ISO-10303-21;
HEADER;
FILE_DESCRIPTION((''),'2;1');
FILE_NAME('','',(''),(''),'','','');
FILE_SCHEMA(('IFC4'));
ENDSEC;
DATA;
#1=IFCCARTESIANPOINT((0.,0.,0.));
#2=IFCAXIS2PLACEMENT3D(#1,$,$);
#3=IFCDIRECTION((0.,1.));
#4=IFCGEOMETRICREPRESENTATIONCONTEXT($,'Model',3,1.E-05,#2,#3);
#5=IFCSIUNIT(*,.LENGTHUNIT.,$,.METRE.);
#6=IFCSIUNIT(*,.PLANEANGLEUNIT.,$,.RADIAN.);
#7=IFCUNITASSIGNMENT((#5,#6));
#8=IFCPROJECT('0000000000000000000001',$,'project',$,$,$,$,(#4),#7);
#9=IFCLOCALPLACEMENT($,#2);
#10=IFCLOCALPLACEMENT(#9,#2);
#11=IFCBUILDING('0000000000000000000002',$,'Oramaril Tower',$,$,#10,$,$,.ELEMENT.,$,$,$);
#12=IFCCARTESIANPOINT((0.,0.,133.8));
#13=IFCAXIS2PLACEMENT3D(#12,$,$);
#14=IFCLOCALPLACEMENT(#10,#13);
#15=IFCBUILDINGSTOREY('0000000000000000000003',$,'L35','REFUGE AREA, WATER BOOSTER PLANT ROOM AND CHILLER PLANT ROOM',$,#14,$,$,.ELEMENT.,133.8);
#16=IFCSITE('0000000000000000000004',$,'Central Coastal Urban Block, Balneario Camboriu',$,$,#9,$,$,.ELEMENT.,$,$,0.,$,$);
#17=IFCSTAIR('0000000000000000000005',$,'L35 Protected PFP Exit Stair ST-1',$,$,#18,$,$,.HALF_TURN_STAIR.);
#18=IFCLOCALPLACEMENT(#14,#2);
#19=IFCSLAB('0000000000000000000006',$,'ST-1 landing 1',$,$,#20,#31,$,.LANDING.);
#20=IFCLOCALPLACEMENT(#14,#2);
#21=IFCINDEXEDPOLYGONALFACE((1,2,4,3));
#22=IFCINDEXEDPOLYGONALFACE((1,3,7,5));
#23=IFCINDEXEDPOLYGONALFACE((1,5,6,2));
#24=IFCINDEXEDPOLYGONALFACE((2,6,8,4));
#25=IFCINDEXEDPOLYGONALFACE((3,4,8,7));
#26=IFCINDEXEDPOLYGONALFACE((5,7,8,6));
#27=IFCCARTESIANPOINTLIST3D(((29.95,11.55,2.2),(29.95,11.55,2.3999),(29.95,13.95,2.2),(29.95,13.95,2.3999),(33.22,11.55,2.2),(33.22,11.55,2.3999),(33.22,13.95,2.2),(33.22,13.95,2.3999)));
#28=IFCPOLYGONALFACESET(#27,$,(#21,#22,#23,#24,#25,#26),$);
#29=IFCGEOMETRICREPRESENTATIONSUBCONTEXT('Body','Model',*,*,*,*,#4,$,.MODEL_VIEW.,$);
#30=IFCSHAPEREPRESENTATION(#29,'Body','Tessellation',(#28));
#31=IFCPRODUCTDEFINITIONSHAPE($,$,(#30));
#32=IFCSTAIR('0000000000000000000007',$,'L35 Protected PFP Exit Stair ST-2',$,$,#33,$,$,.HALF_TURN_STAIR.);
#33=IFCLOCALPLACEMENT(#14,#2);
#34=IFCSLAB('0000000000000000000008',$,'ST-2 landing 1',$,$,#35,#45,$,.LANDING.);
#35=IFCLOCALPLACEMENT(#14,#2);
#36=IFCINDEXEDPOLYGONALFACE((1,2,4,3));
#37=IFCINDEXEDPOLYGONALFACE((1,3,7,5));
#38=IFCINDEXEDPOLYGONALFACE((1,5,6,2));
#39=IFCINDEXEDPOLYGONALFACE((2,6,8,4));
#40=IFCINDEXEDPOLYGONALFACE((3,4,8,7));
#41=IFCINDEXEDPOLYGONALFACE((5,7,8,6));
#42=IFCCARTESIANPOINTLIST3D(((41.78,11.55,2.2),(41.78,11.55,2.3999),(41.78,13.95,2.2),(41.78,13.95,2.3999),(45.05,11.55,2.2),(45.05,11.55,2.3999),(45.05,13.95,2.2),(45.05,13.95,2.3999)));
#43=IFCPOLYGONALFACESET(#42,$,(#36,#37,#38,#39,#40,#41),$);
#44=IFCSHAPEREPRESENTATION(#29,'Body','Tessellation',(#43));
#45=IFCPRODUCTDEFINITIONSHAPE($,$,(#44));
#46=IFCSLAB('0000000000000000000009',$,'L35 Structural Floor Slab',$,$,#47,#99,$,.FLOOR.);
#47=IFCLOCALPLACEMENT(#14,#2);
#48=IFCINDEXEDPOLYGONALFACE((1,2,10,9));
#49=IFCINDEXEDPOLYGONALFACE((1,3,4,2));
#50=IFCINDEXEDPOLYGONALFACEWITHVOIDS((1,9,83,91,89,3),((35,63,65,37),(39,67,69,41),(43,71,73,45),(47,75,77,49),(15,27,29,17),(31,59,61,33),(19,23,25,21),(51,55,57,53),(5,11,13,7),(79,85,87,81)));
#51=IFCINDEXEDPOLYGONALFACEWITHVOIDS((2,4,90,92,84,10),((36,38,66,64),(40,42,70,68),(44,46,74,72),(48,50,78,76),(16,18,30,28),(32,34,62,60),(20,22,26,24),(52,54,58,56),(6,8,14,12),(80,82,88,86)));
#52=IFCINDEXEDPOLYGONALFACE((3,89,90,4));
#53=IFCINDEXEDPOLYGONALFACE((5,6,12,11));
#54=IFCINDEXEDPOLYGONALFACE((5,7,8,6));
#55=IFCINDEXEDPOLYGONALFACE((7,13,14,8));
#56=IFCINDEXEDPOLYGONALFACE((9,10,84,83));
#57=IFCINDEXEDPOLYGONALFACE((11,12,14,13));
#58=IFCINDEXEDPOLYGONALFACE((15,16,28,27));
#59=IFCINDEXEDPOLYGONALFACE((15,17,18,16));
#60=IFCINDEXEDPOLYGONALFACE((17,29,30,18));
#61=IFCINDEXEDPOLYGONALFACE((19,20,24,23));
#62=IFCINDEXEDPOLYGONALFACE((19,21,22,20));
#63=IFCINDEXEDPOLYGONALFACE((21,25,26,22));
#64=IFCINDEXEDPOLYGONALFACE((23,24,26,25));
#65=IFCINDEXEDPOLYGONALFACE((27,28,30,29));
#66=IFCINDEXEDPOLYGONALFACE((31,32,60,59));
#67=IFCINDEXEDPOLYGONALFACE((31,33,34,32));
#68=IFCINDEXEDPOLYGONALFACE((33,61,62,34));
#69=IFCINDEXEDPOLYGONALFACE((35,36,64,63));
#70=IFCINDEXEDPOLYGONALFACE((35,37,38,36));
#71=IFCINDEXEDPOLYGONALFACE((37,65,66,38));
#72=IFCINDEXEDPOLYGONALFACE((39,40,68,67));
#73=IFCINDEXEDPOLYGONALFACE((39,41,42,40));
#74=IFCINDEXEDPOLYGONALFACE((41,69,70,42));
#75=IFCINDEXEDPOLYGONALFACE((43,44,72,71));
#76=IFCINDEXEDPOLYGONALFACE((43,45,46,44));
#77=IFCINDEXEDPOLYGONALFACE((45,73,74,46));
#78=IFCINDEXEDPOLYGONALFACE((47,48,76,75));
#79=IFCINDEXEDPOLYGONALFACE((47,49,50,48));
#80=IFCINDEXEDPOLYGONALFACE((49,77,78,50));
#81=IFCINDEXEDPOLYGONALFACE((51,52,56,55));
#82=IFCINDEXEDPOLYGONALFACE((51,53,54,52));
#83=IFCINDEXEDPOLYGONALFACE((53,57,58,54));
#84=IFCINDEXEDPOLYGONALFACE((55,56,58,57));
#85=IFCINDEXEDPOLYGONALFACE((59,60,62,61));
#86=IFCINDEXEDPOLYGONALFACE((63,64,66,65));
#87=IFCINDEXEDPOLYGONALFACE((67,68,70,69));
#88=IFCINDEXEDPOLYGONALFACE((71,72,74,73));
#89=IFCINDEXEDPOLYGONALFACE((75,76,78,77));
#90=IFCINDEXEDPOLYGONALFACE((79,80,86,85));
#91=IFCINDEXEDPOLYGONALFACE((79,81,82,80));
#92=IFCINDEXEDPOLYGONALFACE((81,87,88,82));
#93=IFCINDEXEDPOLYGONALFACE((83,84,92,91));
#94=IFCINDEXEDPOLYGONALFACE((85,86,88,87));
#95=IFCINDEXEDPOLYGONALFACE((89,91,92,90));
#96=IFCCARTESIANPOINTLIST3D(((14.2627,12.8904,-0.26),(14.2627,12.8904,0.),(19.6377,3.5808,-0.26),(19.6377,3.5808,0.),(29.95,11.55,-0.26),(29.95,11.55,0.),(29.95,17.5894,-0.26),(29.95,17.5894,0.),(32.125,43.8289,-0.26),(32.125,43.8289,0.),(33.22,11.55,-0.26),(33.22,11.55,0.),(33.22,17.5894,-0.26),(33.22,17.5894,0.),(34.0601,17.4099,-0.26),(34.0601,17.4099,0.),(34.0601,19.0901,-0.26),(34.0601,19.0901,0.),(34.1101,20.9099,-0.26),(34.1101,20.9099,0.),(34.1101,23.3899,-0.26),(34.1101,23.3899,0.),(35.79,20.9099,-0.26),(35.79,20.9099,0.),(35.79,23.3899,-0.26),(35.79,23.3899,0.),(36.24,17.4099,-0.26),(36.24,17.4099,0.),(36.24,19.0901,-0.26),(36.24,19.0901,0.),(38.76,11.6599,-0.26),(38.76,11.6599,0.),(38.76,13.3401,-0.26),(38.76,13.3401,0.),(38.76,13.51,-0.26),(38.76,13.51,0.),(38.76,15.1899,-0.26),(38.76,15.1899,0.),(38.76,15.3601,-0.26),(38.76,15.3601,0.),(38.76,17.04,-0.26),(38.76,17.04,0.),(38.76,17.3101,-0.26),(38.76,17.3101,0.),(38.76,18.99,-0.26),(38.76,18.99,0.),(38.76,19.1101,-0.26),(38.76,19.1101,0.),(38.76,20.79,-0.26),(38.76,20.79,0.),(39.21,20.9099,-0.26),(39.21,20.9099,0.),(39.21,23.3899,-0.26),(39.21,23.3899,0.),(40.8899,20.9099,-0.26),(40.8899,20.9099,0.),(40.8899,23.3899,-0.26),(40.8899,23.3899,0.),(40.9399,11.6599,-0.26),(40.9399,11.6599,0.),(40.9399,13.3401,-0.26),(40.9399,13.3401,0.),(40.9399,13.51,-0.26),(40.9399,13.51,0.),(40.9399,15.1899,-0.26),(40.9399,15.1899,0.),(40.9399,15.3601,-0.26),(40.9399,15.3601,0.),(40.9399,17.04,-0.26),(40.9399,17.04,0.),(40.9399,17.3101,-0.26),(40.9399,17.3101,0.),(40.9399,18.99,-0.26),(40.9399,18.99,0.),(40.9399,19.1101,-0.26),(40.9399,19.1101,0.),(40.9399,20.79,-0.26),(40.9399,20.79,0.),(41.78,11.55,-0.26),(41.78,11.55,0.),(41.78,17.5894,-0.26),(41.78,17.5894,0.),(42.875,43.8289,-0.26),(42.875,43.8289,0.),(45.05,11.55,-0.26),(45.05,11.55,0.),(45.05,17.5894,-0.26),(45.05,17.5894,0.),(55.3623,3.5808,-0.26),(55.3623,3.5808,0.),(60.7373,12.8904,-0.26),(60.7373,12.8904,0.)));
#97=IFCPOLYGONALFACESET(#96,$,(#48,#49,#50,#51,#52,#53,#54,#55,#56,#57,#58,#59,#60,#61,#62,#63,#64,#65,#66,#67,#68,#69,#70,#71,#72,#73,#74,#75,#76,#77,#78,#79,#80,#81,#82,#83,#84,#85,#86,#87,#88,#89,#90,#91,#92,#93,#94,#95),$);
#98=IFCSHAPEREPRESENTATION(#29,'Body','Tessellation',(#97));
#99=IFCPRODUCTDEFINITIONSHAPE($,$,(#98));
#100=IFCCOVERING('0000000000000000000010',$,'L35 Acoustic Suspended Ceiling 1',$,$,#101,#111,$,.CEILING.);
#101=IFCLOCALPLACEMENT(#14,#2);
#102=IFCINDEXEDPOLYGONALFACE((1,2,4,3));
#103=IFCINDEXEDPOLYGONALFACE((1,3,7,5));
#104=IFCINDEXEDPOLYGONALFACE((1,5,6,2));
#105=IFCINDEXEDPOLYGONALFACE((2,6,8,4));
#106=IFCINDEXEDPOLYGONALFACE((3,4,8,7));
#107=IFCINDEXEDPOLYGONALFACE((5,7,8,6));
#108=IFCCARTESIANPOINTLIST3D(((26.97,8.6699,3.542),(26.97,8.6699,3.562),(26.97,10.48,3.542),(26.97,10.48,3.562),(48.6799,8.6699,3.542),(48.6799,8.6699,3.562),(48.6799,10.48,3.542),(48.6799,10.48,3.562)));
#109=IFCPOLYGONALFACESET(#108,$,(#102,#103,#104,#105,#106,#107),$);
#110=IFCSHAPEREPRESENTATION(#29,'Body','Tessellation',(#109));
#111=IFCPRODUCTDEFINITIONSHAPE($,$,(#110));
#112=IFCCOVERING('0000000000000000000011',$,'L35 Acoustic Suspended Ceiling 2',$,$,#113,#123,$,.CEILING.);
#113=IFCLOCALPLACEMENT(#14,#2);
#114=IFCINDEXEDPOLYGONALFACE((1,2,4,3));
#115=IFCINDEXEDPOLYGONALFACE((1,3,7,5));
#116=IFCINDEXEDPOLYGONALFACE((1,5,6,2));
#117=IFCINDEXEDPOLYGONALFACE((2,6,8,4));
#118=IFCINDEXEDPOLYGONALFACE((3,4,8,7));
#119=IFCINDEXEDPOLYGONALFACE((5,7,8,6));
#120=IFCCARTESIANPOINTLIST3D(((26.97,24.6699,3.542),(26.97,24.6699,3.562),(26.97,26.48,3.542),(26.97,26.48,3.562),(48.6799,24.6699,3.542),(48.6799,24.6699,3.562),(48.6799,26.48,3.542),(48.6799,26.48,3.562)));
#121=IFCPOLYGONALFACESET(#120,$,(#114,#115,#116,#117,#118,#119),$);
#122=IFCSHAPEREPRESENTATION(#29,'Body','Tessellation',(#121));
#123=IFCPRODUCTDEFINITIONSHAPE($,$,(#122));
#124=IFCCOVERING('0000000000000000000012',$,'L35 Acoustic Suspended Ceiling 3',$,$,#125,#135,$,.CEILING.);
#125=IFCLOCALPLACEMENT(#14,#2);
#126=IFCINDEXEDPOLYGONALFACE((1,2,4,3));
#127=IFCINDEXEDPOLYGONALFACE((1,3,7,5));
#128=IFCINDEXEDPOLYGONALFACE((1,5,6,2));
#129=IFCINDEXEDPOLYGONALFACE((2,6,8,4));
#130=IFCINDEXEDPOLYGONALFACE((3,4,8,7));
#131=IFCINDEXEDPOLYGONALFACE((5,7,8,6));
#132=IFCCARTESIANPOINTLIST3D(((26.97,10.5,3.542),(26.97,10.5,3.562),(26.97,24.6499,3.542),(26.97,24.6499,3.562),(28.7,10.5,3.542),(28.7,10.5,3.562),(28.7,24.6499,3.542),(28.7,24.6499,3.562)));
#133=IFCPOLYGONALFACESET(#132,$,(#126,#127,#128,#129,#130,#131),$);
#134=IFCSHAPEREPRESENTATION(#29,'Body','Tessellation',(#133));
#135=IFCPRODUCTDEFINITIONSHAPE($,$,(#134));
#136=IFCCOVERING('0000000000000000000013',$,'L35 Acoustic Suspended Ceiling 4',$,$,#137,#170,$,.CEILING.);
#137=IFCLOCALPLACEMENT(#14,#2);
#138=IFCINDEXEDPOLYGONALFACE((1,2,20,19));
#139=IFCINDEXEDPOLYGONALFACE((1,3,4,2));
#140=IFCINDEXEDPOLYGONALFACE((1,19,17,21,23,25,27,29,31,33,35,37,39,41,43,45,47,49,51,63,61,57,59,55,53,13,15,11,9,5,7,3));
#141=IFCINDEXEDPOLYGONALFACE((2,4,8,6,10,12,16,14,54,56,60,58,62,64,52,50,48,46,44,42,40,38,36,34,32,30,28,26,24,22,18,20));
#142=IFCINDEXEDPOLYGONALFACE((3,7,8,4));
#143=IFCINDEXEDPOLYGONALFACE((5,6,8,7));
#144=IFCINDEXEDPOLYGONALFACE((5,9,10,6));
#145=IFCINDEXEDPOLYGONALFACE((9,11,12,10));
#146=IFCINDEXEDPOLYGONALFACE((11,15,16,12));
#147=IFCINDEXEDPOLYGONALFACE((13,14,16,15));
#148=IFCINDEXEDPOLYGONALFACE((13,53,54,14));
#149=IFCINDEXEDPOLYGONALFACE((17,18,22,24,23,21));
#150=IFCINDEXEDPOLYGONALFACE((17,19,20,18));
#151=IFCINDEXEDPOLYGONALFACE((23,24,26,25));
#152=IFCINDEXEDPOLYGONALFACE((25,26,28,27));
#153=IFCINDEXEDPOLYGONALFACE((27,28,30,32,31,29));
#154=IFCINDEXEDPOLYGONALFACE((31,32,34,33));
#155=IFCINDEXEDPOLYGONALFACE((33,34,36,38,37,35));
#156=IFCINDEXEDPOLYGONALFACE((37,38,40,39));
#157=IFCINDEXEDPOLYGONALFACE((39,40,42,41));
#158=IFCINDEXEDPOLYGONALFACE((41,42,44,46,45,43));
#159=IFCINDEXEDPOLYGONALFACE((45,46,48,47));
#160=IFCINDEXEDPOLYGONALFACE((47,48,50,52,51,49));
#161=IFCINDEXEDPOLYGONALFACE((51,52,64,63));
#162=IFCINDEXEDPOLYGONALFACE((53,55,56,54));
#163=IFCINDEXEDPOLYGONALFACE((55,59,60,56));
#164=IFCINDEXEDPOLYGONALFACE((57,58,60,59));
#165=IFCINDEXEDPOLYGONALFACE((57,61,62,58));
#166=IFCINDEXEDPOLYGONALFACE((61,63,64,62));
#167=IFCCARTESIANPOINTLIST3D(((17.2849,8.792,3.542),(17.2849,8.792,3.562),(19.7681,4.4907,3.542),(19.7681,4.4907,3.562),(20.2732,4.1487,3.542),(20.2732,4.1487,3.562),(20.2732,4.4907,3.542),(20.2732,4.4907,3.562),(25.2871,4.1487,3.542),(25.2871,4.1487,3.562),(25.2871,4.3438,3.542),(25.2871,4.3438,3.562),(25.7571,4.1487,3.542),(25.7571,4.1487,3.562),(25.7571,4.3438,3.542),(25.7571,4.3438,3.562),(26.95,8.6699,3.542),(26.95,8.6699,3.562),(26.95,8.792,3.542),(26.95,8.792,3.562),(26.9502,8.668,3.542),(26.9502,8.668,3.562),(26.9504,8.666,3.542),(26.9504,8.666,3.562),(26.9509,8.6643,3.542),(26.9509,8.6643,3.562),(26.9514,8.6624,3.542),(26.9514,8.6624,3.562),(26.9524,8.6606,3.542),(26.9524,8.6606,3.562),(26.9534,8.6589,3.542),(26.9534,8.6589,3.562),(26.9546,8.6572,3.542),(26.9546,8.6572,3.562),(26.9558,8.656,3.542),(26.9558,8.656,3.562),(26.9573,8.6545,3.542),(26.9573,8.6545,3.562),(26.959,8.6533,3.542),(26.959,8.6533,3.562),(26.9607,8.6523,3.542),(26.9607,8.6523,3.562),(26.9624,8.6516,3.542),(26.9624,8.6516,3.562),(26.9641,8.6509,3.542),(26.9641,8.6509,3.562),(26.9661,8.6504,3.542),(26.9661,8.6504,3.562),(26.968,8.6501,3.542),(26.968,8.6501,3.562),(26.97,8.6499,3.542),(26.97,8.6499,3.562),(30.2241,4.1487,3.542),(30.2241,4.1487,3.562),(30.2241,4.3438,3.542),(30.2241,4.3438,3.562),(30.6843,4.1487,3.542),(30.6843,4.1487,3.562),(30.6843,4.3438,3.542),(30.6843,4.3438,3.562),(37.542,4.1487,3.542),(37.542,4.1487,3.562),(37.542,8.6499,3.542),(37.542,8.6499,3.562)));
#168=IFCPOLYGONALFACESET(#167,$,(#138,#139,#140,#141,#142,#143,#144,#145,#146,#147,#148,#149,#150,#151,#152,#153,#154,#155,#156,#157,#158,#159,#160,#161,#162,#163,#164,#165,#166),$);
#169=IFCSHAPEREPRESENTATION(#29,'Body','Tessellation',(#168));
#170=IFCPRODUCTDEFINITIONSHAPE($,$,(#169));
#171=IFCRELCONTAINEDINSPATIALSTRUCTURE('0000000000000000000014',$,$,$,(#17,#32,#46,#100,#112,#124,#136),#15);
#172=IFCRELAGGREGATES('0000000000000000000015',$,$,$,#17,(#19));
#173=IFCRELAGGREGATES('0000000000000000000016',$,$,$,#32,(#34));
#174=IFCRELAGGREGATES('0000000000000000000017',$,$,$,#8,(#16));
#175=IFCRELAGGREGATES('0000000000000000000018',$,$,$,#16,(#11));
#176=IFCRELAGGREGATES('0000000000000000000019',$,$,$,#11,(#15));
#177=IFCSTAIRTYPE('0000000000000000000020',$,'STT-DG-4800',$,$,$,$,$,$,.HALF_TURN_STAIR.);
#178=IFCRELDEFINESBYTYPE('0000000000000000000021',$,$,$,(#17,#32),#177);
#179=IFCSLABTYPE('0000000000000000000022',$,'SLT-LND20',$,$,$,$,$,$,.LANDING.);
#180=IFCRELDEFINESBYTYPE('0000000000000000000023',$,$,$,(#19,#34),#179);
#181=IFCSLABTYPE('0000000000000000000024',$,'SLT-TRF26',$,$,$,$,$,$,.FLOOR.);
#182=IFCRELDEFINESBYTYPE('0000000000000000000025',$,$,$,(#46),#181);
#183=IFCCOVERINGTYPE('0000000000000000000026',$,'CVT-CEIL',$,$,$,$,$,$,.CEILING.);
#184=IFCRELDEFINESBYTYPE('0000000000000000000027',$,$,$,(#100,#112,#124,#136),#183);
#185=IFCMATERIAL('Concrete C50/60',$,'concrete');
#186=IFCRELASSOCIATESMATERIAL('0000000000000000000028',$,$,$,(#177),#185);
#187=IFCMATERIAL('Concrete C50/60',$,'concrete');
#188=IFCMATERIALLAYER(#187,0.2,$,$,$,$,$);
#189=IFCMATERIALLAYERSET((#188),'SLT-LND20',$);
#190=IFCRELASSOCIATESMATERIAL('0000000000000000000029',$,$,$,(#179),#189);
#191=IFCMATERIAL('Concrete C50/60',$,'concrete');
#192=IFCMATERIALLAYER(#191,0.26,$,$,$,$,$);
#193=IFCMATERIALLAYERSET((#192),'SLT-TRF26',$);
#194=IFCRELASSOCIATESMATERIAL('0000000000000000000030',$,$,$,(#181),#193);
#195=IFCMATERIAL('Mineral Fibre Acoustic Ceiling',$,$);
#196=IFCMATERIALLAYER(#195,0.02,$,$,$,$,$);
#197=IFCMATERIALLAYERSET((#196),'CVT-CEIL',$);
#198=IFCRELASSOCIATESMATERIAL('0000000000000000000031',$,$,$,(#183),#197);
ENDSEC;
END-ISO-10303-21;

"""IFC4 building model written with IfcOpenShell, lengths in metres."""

from ifc_helpers import new_model, si_unit, direction, frame, origin, place, context, subcontext, project, spatial, polyline, outline, extrude, material, layer, layer_set, type_object, element, aggregate, save


model = new_model("IFC4")

# Units and contexts
model_context = context("Model", 3, precision=1e-05, world=origin(), true_north=direction((0.0, 1.0)))
body_context = subcontext(model_context, "Body", "Model", "MODEL_VIEW")
ifc_project = project(units=[si_unit("LENGTHUNIT", "METRE"), si_unit("PLANEANGLEUNIT", "RADIAN")], contexts=[model_context])

# Site, building, storey
site_placement = place(None, origin())
site = spatial("IfcSite", under=ifc_project, at=site_placement, Name="Central Coastal Urban Block, Balneario Camboriu", CompositionType="ELEMENT", RefElevation=0.0)
building_placement = place(site_placement, origin())
building = spatial("IfcBuilding", under=site, at=building_placement, Name="Oramaril Tower", CompositionType="ELEMENT")
storey_placement = place(building_placement, frame((0.0, 0.0, 133.8)))
storey = spatial("IfcBuildingStorey", under=building, at=storey_placement, Name="L35", Description="REFUGE AREA, WATER BOOSTER PLANT ROOM AND CHILLER PLANT ROOM", CompositionType="ELEMENT", Elevation=133.8)

# Stairs, slabs
ifc_material_1 = material(Name="Concrete C50/60", Category="concrete")
stair_type = type_object("IfcStairType", Name="STT-DG-4800", PredefinedType="HALF_TURN_STAIR", material=ifc_material_1)
stair_1_placement = place(storey_placement, origin())
stair_1 = element("IfcStair", 1, at=stair_1_placement, inside=storey, type_object=stair_type, Name="L35 Protected PFP Exit Stair ST-1", PredefinedType="HALF_TURN_STAIR")
ifc_material_2 = material(Name="Concrete C50/60", Category="concrete")
ifc_layer_1 = layer(ifc_material_2, 0.2)
ifc_layer_set_1 = layer_set([ifc_layer_1], Name="SLT-LND20")
slab_type_1 = type_object("IfcSlabType", Name="SLT-LND20", PredefinedType="LANDING", material=ifc_layer_set_1)
slab_1_placement = place(storey_placement, frame((0.0, 0.0, 2.2)))
slab_1 = element("IfcSlab", 2, at=slab_1_placement, type_object=slab_type_1, Name="ST-1 landing 1", PredefinedType="LANDING", context=body_context, shape_type="SweptSolid", body=[
    extrude(outline(polyline([(29.95, 13.95), (29.95, 11.55), (33.22, 11.55), (33.22, 13.95), (29.95, 13.95)])), origin(), (0.0, 0.0, 1.0), 0.2),
])
aggregate(stair_1, [slab_1])
stair_2_placement = place(storey_placement, origin())
stair_2 = element("IfcStair", 3, at=stair_2_placement, inside=storey, type_object=stair_type, Name="L35 Protected PFP Exit Stair ST-2", PredefinedType="HALF_TURN_STAIR")
slab_2_placement = place(storey_placement, frame((0.0, 0.0, 2.2)))
slab_2 = element("IfcSlab", 4, at=slab_2_placement, type_object=slab_type_1, Name="ST-2 landing 1", PredefinedType="LANDING", context=body_context, shape_type="SweptSolid", body=[
    extrude(outline(polyline([(41.78, 13.95), (41.78, 11.55), (45.05, 11.55), (45.05, 13.95), (41.78, 13.95)])), origin(), (0.0, 0.0, 1.0), 0.2),
])
aggregate(stair_2, [slab_2])

# Slab
ifc_material_3 = material(Name="Concrete C50/60", Category="concrete")
ifc_layer_2 = layer(ifc_material_3, 0.26)
ifc_layer_set_2 = layer_set([ifc_layer_2], Name="SLT-TRF26")
slab_type_2 = type_object("IfcSlabType", Name="SLT-TRF26", PredefinedType="FLOOR", material=ifc_layer_set_2)
slab_3_placement = place(storey_placement, frame((0.0, 0.0, -0.26)))
element("IfcSlab", 5, at=slab_3_placement, inside=storey, type_object=slab_type_2, Name="L35 Structural Floor Slab", PredefinedType="FLOOR", context=body_context, shape_type="SweptSolid", body=[
    extrude(outline(polyline([(14.2627, 12.8904), (19.6377, 3.5808), (55.3623, 3.5808), (60.7373, 12.8904), (42.875, 43.8289), (32.125, 43.8289), (14.2627, 12.8904)]), holes=[polyline([(29.95, 17.5894), (29.95, 11.55), (33.22, 11.55), (33.22, 17.5894), (29.95, 17.5894)]), polyline([(41.78, 17.5894), (41.78, 11.55), (45.05, 11.55), (45.05, 17.5894), (41.78, 17.5894)]), polyline([(34.1101, 20.9099), (35.79, 20.9099), (35.79, 23.3899), (34.1101, 23.3899), (34.1101, 20.9099)]), polyline([(39.21, 20.9099), (40.8899, 20.9099), (40.8899, 23.3899), (39.21, 23.3899), (39.21, 20.9099)]), polyline([(38.76, 11.6599), (40.9399, 11.6599), (40.9399, 13.3401), (38.76, 13.3401), (38.76, 11.6599)]), polyline([(38.76, 13.51), (40.9399, 13.51), (40.9399, 15.1899), (38.76, 15.1899), (38.76, 13.51)]), polyline([(38.76, 15.3601), (40.9399, 15.3601), (40.9399, 17.04), (38.76, 17.04), (38.76, 15.3601)]), polyline([(34.0601, 17.4099), (36.24, 17.4099), (36.24, 19.0901), (34.0601, 19.0901), (34.0601, 17.4099)]), polyline([(38.76, 17.3101), (40.9399, 17.3101), (40.9399, 18.99), (38.76, 18.99), (38.76, 17.3101)]), polyline([(38.76, 19.1101), (40.9399, 19.1101), (40.9399, 20.79), (38.76, 20.79), (38.76, 19.1101)])]), origin(), (0.0, 0.0, 1.0), 0.26),
])

# Coverings
ifc_material_4 = material(Name="Mineral Fibre Acoustic Ceiling")
ifc_layer_3 = layer(ifc_material_4, 0.02)
ifc_layer_set_3 = layer_set([ifc_layer_3], Name="CVT-CEIL")
covering_type_1 = type_object("IfcCoveringType", Name="CVT-CEIL", PredefinedType="CEILING", material=ifc_layer_set_3)
covering_1_placement = place(storey_placement, frame((0.0, 0.0, 3.542)))
element("IfcCovering", 6, at=covering_1_placement, inside=storey, type_object=covering_type_1, Name="L35 Acoustic Suspended Ceiling 1", PredefinedType="CEILING", context=body_context, shape_type="SweptSolid", body=[
    extrude(outline(polyline([(48.6799, 10.48), (48.6799, 8.6699), (26.97, 8.6699), (26.97, 10.48), (48.6799, 10.48)])), origin(), (0.0, 0.0, 1.0), 0.02),
])
covering_2_placement = place(storey_placement, frame((0.0, 0.0, 3.542)))
element("IfcCovering", 7, at=covering_2_placement, inside=storey, type_object=covering_type_1, Name="L35 Acoustic Suspended Ceiling 2", PredefinedType="CEILING", context=body_context, shape_type="SweptSolid", body=[
    extrude(outline(polyline([(48.6799, 26.48), (48.6799, 24.6699), (26.97, 24.6699), (26.97, 26.48), (48.6799, 26.48)])), origin(), (0.0, 0.0, 1.0), 0.02),
])
covering_3_placement = place(storey_placement, frame((0.0, 0.0, 3.542)))
element("IfcCovering", 8, at=covering_3_placement, inside=storey, type_object=covering_type_1, Name="L35 Acoustic Suspended Ceiling 3", PredefinedType="CEILING", context=body_context, shape_type="SweptSolid", body=[
    extrude(outline(polyline([(28.7, 10.5), (26.97, 10.5), (26.97, 24.6499), (28.7, 24.6499), (28.7, 10.5)])), origin(), (0.0, 0.0, 1.0), 0.02),
])
covering_4_placement = place(storey_placement, frame((0.0, 0.0, 3.542)))
element("IfcCovering", 9, at=covering_4_placement, inside=storey, type_object=covering_type_1, Name="L35 Acoustic Suspended Ceiling 4", PredefinedType="CEILING", context=body_context, shape_type="SweptSolid", body=[
    extrude(outline(polyline([(37.542, 4.1487), (30.6843, 4.1487), (30.6843, 4.3438), (30.2241, 4.3438), (30.2241, 4.1487), (25.7571, 4.1487), (25.7571, 4.3438), (25.2871, 4.3438), (25.2871, 4.1487), (20.2732, 4.1487), (20.2732, 4.4907), (19.7681, 4.4907), (17.2849, 8.792), (26.95, 8.792), (26.95, 8.6699), (26.9502, 8.668), (26.9504, 8.666), (26.9509, 8.6643), (26.9514, 8.6624), (26.9524, 8.6606), (26.9534, 8.6589), (26.9546, 8.6572), (26.9558, 8.656), (26.9573, 8.6545), (26.959, 8.6533), (26.9607, 8.6523), (26.9624, 8.6516), (26.9641, 8.6509), (26.9661, 8.6504), (26.968, 8.6501), (26.97, 8.6499), (37.542, 8.6499), (37.542, 4.1487)])), origin(), (0.0, 0.0, 1.0), 0.02),
])

save(model, "model.ifc")
